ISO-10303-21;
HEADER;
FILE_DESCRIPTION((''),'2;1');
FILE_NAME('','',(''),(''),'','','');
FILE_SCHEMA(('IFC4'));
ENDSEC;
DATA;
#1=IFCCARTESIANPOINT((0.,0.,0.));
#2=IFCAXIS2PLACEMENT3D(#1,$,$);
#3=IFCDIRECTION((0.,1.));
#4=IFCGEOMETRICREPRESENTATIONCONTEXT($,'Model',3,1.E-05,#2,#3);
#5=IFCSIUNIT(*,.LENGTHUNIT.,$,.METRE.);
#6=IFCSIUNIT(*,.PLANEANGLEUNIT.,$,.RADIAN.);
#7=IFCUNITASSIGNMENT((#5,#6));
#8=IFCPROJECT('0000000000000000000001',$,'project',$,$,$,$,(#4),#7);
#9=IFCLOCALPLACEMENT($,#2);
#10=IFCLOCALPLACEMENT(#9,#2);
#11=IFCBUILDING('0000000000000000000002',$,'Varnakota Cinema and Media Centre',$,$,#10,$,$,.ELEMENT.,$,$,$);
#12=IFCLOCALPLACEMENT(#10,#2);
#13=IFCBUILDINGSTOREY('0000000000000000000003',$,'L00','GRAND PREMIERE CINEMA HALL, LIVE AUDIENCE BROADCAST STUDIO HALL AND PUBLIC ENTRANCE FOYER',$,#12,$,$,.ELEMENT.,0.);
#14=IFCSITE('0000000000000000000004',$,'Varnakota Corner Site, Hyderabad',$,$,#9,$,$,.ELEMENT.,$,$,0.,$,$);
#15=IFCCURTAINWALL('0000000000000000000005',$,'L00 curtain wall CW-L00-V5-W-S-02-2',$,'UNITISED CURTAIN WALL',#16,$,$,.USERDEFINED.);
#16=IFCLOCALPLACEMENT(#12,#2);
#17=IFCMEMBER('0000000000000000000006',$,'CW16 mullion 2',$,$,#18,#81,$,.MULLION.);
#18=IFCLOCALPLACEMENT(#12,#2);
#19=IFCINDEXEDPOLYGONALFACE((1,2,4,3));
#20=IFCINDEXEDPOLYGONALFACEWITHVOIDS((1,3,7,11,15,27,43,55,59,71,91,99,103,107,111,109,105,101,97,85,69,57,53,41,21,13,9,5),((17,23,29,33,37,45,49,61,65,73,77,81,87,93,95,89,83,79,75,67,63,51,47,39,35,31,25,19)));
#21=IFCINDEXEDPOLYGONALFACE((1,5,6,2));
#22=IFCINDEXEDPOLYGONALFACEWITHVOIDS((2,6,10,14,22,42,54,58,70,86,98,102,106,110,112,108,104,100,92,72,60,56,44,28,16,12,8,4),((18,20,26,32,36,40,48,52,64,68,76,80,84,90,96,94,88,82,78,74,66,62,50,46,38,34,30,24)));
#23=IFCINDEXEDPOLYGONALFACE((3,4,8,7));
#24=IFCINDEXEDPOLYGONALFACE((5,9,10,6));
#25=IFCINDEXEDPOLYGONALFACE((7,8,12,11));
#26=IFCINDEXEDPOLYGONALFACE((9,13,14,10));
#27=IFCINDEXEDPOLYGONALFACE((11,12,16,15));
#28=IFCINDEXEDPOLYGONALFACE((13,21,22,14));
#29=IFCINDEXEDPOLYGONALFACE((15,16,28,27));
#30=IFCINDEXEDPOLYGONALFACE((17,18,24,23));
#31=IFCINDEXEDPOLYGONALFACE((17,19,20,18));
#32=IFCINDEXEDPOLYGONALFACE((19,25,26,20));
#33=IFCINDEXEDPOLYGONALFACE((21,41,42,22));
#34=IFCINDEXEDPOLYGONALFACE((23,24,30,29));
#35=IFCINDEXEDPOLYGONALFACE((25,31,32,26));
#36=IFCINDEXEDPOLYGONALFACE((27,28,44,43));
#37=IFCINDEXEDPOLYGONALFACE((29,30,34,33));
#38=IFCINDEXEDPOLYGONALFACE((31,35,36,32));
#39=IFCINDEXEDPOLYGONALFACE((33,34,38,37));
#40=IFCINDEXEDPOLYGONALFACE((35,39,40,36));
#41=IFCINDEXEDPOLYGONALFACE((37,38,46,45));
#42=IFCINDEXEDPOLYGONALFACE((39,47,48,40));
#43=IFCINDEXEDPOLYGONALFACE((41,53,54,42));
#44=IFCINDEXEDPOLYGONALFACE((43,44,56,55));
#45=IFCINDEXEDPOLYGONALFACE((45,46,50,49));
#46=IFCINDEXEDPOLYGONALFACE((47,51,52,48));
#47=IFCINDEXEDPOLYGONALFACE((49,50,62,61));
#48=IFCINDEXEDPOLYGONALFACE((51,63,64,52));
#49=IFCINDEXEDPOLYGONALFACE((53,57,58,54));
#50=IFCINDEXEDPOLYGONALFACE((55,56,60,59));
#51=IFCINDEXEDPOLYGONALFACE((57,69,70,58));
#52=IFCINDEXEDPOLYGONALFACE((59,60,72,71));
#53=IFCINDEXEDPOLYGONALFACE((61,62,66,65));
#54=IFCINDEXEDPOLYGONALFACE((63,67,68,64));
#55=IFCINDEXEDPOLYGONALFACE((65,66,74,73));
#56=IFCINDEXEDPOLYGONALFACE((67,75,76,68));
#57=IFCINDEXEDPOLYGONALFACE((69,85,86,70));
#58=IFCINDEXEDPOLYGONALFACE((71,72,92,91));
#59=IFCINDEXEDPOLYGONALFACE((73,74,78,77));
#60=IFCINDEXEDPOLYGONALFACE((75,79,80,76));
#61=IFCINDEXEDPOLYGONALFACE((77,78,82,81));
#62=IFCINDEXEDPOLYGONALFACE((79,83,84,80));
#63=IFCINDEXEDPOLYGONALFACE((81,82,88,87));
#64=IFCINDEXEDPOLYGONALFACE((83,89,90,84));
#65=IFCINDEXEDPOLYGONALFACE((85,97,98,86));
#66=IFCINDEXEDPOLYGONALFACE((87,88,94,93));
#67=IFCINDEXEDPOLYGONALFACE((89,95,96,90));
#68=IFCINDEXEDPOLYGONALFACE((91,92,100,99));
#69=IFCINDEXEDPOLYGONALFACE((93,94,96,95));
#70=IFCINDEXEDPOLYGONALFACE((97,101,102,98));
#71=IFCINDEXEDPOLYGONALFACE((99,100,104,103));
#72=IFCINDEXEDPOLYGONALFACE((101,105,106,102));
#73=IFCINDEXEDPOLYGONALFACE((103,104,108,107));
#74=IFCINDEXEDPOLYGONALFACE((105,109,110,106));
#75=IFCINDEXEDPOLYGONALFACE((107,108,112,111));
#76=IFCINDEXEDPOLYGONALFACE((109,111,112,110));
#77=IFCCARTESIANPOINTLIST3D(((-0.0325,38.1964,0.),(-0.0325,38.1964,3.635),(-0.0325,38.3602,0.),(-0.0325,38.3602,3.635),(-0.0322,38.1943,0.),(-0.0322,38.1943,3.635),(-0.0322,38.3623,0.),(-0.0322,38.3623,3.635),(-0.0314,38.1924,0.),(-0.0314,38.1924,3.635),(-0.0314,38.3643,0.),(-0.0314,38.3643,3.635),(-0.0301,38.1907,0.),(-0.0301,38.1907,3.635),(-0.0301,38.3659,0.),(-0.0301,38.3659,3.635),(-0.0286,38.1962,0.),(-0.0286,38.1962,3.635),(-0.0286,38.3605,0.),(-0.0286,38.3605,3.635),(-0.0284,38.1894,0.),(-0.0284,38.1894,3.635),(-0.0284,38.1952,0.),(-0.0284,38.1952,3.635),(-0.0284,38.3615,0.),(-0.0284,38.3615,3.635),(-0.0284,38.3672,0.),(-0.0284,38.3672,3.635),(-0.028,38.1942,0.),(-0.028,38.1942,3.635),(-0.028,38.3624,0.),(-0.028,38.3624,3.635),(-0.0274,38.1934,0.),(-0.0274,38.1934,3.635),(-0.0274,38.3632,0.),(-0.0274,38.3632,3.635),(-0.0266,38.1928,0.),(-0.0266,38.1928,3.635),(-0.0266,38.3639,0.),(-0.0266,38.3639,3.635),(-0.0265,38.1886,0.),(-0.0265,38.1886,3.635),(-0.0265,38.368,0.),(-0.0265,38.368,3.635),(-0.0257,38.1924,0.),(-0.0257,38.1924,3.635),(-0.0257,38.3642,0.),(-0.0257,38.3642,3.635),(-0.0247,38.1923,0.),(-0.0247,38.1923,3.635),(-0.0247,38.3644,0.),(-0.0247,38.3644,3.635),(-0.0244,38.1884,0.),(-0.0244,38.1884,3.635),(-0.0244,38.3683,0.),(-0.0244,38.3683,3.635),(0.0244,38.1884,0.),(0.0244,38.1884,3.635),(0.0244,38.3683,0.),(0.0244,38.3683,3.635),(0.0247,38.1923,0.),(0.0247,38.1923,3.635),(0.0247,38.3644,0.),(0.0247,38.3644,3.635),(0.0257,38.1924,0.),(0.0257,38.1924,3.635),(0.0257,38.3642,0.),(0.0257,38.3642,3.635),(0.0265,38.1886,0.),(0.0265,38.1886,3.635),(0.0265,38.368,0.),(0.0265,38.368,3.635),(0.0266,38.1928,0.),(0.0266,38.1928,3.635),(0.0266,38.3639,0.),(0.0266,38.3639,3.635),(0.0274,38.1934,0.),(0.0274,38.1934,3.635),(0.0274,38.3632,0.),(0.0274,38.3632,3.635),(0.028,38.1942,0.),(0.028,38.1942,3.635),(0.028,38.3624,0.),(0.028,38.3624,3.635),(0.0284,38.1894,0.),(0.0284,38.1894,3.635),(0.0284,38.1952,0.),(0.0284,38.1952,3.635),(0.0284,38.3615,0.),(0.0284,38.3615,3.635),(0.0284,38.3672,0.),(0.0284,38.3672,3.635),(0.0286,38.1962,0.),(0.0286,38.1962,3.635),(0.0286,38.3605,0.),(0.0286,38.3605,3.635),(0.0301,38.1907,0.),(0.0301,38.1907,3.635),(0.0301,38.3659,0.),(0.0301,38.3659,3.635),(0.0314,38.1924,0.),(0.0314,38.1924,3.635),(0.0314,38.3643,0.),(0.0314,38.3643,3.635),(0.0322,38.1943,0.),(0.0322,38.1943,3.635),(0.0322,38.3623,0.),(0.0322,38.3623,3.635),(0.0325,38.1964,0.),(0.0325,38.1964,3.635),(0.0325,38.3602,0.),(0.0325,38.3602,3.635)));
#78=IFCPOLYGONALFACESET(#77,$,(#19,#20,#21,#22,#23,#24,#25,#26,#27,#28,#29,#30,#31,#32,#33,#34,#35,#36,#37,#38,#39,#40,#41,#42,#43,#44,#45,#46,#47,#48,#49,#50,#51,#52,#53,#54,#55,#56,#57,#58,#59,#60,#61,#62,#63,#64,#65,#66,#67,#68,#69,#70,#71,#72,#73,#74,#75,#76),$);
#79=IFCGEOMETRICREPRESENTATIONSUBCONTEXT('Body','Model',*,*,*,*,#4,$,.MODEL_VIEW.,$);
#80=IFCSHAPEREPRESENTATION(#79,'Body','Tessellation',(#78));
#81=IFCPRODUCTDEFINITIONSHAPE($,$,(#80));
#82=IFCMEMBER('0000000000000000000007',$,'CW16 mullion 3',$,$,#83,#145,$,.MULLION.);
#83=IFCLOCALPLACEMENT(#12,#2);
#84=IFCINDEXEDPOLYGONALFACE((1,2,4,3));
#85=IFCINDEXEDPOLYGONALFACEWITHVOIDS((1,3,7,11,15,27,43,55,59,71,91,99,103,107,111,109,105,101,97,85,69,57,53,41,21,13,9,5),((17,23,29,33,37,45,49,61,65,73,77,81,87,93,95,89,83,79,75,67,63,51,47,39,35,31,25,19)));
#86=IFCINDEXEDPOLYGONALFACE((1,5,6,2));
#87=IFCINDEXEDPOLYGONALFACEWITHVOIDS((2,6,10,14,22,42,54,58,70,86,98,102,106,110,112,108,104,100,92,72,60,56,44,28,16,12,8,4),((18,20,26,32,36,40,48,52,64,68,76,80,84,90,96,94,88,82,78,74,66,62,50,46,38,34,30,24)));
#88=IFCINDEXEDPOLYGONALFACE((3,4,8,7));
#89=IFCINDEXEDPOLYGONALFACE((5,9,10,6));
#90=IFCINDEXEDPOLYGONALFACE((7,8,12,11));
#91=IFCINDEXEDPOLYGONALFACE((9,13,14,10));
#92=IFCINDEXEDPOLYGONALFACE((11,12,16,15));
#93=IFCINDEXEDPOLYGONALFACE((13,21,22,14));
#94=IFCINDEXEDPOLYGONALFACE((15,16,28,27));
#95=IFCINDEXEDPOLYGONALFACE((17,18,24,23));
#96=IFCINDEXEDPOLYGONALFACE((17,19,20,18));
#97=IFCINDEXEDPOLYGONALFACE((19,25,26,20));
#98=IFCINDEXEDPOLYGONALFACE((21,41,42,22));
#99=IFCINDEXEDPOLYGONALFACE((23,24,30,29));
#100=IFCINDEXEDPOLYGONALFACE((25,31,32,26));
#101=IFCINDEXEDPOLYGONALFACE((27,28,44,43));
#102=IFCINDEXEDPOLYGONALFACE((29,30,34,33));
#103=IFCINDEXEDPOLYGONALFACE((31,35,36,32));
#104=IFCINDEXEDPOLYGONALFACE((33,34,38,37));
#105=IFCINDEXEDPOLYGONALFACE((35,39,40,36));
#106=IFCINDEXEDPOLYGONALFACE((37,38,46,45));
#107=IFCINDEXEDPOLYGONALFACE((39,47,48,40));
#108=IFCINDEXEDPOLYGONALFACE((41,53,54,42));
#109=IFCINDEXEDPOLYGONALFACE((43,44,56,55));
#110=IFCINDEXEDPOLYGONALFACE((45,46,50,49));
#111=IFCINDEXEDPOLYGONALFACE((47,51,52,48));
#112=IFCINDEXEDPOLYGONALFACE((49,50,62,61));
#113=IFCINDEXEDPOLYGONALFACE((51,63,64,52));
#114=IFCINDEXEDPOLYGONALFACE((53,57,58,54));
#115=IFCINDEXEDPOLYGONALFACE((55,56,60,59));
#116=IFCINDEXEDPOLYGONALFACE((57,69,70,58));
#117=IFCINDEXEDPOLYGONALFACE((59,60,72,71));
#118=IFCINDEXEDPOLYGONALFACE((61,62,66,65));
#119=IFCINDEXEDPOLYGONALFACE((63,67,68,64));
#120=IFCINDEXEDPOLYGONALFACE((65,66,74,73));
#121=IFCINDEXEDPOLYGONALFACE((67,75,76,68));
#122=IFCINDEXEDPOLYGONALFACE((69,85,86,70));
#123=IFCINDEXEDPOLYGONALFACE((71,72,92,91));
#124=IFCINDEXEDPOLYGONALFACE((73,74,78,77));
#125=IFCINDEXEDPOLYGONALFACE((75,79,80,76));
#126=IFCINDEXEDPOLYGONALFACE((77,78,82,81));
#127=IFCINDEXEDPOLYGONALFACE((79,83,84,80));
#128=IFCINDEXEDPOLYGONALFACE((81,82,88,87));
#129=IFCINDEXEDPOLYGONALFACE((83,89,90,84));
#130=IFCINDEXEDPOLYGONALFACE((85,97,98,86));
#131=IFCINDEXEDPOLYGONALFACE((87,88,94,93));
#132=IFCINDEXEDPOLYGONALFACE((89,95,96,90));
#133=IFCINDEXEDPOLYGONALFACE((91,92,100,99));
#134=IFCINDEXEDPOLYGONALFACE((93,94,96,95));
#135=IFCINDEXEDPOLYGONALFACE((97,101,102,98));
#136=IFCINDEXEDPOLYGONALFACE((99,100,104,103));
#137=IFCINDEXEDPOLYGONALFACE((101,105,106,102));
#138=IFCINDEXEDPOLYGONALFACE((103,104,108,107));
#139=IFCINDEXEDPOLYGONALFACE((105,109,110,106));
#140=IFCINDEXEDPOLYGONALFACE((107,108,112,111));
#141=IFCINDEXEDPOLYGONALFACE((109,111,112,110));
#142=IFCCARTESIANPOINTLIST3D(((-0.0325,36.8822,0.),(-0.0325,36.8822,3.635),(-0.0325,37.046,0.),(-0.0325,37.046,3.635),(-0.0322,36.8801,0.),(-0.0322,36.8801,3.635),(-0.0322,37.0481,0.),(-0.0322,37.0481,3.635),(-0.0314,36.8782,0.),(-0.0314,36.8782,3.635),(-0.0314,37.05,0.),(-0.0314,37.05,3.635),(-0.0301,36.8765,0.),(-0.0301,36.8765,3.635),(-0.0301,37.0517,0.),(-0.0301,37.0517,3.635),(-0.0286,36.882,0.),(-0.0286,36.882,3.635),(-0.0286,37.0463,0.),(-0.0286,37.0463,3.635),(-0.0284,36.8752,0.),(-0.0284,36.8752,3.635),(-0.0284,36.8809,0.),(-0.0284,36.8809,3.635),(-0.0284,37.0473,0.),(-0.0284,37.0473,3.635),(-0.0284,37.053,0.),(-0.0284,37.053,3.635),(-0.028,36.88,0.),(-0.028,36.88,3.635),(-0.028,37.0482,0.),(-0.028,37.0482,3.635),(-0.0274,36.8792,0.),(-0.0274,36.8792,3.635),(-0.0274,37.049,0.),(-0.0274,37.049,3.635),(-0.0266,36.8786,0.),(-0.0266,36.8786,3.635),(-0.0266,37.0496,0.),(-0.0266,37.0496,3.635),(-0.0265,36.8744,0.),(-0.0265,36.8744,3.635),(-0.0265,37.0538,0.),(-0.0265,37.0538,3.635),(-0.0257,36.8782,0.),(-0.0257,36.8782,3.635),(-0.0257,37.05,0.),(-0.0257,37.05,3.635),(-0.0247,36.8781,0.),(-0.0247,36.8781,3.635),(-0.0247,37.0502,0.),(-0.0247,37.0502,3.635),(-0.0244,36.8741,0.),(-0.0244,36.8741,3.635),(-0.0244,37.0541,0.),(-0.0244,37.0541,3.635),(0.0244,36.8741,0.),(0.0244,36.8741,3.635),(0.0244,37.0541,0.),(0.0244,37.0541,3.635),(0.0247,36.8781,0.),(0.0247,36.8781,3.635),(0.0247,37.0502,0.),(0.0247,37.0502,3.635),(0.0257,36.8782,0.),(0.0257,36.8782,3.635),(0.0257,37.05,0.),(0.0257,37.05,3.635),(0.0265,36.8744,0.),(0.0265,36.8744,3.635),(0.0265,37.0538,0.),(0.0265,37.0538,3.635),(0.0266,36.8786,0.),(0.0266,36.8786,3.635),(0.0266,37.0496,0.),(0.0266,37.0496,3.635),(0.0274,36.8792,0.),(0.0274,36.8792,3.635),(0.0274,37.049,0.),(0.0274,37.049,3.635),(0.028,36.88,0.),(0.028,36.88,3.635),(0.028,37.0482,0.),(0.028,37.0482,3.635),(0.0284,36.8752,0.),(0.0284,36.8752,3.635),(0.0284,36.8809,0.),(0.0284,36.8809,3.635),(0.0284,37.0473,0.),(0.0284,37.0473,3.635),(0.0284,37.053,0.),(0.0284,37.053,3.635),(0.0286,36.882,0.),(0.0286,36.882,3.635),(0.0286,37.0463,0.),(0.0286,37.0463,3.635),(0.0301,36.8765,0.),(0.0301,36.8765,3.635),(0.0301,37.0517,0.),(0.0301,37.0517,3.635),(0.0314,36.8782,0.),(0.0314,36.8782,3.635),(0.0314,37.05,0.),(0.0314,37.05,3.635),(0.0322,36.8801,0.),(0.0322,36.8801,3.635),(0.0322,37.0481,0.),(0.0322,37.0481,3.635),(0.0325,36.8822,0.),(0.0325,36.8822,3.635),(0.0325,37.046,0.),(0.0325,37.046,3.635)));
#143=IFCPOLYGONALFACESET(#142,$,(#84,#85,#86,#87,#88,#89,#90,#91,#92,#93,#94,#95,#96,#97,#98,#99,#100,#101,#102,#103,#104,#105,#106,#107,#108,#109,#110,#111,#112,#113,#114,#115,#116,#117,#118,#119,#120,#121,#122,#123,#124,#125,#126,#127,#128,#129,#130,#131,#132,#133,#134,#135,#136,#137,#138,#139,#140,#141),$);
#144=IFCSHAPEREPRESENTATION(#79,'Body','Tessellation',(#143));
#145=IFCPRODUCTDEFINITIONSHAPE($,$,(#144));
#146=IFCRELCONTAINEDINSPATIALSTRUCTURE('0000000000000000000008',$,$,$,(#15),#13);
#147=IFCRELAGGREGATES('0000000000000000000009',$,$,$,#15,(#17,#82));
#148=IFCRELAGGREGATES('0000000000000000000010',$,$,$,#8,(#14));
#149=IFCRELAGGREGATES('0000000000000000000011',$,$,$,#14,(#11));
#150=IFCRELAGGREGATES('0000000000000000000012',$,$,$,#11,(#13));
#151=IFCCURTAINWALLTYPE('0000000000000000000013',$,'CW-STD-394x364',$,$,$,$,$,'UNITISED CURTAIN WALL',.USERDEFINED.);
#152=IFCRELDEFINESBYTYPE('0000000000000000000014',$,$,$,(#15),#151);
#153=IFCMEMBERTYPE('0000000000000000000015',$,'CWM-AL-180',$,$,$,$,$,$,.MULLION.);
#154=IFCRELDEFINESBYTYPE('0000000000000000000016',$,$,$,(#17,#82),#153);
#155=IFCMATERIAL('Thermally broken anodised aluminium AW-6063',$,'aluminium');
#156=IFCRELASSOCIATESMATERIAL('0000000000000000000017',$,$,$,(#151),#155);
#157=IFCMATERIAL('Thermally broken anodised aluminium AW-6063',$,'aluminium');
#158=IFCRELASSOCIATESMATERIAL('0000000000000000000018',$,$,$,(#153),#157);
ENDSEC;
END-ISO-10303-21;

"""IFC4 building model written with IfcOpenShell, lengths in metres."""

from ifc_helpers import new_model, si_unit, direction, frame, origin, origin_2d, place, context, subcontext, project, spatial, hollow_rectangle, extrude, material, material_profile, profile_set, type_object, element, aggregate, save


model = new_model("IFC4")

# Units and contexts
model_context = context("Model", 3, precision=1e-05, world=origin(), true_north=direction((0.0, 1.0)))
body_context = subcontext(model_context, "Body", "Model", "MODEL_VIEW")
ifc_project = project(units=[si_unit("LENGTHUNIT", "METRE"), si_unit("PLANEANGLEUNIT", "RADIAN")], contexts=[model_context])

# Site, building, storey
site_placement = place(None, origin())
site = spatial("IfcSite", under=ifc_project, at=site_placement, Name="Varnakota Corner Site, Hyderabad", CompositionType="ELEMENT", RefElevation=0.0)
building_placement = place(site_placement, origin())
building = spatial("IfcBuilding", under=site, at=building_placement, Name="Varnakota Cinema and Media Centre", CompositionType="ELEMENT")
storey_placement = place(building_placement, origin())
storey = spatial("IfcBuildingStorey", under=building, at=storey_placement, Name="L00", Description="GRAND PREMIERE CINEMA HALL, LIVE AUDIENCE BROADCAST STUDIO HALL AND PUBLIC ENTRANCE FOYER", CompositionType="ELEMENT", Elevation=0.0)

# Shared definitions
ifc_material_1 = material(Name="Thermally broken anodised aluminium AW-6063", Category="aluminium")
curtain_wall_type = type_object("IfcCurtainWallType", Name="CW-STD-394x364", ElementType="UNITISED CURTAIN WALL", PredefinedType="USERDEFINED", material=ifc_material_1)
ifc_material_2 = material(Name="Thermally broken anodised aluminium AW-6063", Category="aluminium")
ifc_material_profile_1 = material_profile(ifc_material_2, hollow_rectangle(XDim=0.0649, YDim=0.1799, WallThickness=0.0039, InnerFilletRadius=0.0039, OuterFilletRadius=0.0081, at=origin_2d()), Name="AL-MULLION 180x65x4")
ifc_profile_set_1 = profile_set([ifc_material_profile_1], Name="Thermally broken anodised aluminium AW-6063")
member_type_1 = type_object("IfcMemberType", Name="CWM-AL-180", PredefinedType="MULLION", material=ifc_profile_set_1)

# Curtain wall, members
curtain_wall_1_placement = place(storey_placement, origin())
curtain_wall_1 = element("IfcCurtainWall", 1, at=curtain_wall_1_placement, inside=storey, type_object=curtain_wall_type, Name="L00 curtain wall CW-L00-V5-W-S-02-2", ObjectType="UNITISED CURTAIN WALL", PredefinedType="USERDEFINED")
member_1_placement = place(storey_placement, frame((0.0, 38.2783, 0.0), z_axis=(0.0, 0.0, 1.0), x_axis=(1.0, 0.0, 0.0)))
member_1 = element("IfcMember", 2, at=member_1_placement, type_object=member_type_1, Name="CW16 mullion 2", PredefinedType="MULLION", context=body_context, shape_type="SweptSolid", body=[
    extrude(hollow_rectangle(XDim=0.0649, YDim=0.1799, WallThickness=0.0039, InnerFilletRadius=0.0039, OuterFilletRadius=0.0081, at=origin_2d()), origin(), (0.0, 0.0, 1.0), 3.635),
])
member_2_placement = place(storey_placement, frame((0.0, 36.9641, 0.0), z_axis=(0.0, 0.0, 1.0), x_axis=(1.0, 0.0, 0.0)))
member_2 = element("IfcMember", 3, at=member_2_placement, type_object=member_type_1, Name="CW16 mullion 3", PredefinedType="MULLION", context=body_context, shape_type="SweptSolid", body=[
    extrude(hollow_rectangle(XDim=0.0649, YDim=0.1799, WallThickness=0.0039, InnerFilletRadius=0.0039, OuterFilletRadius=0.0081, at=origin_2d()), origin(), (0.0, 0.0, 1.0), 3.635),
])

aggregate(curtain_wall_1, [member_1, member_2])

save(model, "model.ifc")
